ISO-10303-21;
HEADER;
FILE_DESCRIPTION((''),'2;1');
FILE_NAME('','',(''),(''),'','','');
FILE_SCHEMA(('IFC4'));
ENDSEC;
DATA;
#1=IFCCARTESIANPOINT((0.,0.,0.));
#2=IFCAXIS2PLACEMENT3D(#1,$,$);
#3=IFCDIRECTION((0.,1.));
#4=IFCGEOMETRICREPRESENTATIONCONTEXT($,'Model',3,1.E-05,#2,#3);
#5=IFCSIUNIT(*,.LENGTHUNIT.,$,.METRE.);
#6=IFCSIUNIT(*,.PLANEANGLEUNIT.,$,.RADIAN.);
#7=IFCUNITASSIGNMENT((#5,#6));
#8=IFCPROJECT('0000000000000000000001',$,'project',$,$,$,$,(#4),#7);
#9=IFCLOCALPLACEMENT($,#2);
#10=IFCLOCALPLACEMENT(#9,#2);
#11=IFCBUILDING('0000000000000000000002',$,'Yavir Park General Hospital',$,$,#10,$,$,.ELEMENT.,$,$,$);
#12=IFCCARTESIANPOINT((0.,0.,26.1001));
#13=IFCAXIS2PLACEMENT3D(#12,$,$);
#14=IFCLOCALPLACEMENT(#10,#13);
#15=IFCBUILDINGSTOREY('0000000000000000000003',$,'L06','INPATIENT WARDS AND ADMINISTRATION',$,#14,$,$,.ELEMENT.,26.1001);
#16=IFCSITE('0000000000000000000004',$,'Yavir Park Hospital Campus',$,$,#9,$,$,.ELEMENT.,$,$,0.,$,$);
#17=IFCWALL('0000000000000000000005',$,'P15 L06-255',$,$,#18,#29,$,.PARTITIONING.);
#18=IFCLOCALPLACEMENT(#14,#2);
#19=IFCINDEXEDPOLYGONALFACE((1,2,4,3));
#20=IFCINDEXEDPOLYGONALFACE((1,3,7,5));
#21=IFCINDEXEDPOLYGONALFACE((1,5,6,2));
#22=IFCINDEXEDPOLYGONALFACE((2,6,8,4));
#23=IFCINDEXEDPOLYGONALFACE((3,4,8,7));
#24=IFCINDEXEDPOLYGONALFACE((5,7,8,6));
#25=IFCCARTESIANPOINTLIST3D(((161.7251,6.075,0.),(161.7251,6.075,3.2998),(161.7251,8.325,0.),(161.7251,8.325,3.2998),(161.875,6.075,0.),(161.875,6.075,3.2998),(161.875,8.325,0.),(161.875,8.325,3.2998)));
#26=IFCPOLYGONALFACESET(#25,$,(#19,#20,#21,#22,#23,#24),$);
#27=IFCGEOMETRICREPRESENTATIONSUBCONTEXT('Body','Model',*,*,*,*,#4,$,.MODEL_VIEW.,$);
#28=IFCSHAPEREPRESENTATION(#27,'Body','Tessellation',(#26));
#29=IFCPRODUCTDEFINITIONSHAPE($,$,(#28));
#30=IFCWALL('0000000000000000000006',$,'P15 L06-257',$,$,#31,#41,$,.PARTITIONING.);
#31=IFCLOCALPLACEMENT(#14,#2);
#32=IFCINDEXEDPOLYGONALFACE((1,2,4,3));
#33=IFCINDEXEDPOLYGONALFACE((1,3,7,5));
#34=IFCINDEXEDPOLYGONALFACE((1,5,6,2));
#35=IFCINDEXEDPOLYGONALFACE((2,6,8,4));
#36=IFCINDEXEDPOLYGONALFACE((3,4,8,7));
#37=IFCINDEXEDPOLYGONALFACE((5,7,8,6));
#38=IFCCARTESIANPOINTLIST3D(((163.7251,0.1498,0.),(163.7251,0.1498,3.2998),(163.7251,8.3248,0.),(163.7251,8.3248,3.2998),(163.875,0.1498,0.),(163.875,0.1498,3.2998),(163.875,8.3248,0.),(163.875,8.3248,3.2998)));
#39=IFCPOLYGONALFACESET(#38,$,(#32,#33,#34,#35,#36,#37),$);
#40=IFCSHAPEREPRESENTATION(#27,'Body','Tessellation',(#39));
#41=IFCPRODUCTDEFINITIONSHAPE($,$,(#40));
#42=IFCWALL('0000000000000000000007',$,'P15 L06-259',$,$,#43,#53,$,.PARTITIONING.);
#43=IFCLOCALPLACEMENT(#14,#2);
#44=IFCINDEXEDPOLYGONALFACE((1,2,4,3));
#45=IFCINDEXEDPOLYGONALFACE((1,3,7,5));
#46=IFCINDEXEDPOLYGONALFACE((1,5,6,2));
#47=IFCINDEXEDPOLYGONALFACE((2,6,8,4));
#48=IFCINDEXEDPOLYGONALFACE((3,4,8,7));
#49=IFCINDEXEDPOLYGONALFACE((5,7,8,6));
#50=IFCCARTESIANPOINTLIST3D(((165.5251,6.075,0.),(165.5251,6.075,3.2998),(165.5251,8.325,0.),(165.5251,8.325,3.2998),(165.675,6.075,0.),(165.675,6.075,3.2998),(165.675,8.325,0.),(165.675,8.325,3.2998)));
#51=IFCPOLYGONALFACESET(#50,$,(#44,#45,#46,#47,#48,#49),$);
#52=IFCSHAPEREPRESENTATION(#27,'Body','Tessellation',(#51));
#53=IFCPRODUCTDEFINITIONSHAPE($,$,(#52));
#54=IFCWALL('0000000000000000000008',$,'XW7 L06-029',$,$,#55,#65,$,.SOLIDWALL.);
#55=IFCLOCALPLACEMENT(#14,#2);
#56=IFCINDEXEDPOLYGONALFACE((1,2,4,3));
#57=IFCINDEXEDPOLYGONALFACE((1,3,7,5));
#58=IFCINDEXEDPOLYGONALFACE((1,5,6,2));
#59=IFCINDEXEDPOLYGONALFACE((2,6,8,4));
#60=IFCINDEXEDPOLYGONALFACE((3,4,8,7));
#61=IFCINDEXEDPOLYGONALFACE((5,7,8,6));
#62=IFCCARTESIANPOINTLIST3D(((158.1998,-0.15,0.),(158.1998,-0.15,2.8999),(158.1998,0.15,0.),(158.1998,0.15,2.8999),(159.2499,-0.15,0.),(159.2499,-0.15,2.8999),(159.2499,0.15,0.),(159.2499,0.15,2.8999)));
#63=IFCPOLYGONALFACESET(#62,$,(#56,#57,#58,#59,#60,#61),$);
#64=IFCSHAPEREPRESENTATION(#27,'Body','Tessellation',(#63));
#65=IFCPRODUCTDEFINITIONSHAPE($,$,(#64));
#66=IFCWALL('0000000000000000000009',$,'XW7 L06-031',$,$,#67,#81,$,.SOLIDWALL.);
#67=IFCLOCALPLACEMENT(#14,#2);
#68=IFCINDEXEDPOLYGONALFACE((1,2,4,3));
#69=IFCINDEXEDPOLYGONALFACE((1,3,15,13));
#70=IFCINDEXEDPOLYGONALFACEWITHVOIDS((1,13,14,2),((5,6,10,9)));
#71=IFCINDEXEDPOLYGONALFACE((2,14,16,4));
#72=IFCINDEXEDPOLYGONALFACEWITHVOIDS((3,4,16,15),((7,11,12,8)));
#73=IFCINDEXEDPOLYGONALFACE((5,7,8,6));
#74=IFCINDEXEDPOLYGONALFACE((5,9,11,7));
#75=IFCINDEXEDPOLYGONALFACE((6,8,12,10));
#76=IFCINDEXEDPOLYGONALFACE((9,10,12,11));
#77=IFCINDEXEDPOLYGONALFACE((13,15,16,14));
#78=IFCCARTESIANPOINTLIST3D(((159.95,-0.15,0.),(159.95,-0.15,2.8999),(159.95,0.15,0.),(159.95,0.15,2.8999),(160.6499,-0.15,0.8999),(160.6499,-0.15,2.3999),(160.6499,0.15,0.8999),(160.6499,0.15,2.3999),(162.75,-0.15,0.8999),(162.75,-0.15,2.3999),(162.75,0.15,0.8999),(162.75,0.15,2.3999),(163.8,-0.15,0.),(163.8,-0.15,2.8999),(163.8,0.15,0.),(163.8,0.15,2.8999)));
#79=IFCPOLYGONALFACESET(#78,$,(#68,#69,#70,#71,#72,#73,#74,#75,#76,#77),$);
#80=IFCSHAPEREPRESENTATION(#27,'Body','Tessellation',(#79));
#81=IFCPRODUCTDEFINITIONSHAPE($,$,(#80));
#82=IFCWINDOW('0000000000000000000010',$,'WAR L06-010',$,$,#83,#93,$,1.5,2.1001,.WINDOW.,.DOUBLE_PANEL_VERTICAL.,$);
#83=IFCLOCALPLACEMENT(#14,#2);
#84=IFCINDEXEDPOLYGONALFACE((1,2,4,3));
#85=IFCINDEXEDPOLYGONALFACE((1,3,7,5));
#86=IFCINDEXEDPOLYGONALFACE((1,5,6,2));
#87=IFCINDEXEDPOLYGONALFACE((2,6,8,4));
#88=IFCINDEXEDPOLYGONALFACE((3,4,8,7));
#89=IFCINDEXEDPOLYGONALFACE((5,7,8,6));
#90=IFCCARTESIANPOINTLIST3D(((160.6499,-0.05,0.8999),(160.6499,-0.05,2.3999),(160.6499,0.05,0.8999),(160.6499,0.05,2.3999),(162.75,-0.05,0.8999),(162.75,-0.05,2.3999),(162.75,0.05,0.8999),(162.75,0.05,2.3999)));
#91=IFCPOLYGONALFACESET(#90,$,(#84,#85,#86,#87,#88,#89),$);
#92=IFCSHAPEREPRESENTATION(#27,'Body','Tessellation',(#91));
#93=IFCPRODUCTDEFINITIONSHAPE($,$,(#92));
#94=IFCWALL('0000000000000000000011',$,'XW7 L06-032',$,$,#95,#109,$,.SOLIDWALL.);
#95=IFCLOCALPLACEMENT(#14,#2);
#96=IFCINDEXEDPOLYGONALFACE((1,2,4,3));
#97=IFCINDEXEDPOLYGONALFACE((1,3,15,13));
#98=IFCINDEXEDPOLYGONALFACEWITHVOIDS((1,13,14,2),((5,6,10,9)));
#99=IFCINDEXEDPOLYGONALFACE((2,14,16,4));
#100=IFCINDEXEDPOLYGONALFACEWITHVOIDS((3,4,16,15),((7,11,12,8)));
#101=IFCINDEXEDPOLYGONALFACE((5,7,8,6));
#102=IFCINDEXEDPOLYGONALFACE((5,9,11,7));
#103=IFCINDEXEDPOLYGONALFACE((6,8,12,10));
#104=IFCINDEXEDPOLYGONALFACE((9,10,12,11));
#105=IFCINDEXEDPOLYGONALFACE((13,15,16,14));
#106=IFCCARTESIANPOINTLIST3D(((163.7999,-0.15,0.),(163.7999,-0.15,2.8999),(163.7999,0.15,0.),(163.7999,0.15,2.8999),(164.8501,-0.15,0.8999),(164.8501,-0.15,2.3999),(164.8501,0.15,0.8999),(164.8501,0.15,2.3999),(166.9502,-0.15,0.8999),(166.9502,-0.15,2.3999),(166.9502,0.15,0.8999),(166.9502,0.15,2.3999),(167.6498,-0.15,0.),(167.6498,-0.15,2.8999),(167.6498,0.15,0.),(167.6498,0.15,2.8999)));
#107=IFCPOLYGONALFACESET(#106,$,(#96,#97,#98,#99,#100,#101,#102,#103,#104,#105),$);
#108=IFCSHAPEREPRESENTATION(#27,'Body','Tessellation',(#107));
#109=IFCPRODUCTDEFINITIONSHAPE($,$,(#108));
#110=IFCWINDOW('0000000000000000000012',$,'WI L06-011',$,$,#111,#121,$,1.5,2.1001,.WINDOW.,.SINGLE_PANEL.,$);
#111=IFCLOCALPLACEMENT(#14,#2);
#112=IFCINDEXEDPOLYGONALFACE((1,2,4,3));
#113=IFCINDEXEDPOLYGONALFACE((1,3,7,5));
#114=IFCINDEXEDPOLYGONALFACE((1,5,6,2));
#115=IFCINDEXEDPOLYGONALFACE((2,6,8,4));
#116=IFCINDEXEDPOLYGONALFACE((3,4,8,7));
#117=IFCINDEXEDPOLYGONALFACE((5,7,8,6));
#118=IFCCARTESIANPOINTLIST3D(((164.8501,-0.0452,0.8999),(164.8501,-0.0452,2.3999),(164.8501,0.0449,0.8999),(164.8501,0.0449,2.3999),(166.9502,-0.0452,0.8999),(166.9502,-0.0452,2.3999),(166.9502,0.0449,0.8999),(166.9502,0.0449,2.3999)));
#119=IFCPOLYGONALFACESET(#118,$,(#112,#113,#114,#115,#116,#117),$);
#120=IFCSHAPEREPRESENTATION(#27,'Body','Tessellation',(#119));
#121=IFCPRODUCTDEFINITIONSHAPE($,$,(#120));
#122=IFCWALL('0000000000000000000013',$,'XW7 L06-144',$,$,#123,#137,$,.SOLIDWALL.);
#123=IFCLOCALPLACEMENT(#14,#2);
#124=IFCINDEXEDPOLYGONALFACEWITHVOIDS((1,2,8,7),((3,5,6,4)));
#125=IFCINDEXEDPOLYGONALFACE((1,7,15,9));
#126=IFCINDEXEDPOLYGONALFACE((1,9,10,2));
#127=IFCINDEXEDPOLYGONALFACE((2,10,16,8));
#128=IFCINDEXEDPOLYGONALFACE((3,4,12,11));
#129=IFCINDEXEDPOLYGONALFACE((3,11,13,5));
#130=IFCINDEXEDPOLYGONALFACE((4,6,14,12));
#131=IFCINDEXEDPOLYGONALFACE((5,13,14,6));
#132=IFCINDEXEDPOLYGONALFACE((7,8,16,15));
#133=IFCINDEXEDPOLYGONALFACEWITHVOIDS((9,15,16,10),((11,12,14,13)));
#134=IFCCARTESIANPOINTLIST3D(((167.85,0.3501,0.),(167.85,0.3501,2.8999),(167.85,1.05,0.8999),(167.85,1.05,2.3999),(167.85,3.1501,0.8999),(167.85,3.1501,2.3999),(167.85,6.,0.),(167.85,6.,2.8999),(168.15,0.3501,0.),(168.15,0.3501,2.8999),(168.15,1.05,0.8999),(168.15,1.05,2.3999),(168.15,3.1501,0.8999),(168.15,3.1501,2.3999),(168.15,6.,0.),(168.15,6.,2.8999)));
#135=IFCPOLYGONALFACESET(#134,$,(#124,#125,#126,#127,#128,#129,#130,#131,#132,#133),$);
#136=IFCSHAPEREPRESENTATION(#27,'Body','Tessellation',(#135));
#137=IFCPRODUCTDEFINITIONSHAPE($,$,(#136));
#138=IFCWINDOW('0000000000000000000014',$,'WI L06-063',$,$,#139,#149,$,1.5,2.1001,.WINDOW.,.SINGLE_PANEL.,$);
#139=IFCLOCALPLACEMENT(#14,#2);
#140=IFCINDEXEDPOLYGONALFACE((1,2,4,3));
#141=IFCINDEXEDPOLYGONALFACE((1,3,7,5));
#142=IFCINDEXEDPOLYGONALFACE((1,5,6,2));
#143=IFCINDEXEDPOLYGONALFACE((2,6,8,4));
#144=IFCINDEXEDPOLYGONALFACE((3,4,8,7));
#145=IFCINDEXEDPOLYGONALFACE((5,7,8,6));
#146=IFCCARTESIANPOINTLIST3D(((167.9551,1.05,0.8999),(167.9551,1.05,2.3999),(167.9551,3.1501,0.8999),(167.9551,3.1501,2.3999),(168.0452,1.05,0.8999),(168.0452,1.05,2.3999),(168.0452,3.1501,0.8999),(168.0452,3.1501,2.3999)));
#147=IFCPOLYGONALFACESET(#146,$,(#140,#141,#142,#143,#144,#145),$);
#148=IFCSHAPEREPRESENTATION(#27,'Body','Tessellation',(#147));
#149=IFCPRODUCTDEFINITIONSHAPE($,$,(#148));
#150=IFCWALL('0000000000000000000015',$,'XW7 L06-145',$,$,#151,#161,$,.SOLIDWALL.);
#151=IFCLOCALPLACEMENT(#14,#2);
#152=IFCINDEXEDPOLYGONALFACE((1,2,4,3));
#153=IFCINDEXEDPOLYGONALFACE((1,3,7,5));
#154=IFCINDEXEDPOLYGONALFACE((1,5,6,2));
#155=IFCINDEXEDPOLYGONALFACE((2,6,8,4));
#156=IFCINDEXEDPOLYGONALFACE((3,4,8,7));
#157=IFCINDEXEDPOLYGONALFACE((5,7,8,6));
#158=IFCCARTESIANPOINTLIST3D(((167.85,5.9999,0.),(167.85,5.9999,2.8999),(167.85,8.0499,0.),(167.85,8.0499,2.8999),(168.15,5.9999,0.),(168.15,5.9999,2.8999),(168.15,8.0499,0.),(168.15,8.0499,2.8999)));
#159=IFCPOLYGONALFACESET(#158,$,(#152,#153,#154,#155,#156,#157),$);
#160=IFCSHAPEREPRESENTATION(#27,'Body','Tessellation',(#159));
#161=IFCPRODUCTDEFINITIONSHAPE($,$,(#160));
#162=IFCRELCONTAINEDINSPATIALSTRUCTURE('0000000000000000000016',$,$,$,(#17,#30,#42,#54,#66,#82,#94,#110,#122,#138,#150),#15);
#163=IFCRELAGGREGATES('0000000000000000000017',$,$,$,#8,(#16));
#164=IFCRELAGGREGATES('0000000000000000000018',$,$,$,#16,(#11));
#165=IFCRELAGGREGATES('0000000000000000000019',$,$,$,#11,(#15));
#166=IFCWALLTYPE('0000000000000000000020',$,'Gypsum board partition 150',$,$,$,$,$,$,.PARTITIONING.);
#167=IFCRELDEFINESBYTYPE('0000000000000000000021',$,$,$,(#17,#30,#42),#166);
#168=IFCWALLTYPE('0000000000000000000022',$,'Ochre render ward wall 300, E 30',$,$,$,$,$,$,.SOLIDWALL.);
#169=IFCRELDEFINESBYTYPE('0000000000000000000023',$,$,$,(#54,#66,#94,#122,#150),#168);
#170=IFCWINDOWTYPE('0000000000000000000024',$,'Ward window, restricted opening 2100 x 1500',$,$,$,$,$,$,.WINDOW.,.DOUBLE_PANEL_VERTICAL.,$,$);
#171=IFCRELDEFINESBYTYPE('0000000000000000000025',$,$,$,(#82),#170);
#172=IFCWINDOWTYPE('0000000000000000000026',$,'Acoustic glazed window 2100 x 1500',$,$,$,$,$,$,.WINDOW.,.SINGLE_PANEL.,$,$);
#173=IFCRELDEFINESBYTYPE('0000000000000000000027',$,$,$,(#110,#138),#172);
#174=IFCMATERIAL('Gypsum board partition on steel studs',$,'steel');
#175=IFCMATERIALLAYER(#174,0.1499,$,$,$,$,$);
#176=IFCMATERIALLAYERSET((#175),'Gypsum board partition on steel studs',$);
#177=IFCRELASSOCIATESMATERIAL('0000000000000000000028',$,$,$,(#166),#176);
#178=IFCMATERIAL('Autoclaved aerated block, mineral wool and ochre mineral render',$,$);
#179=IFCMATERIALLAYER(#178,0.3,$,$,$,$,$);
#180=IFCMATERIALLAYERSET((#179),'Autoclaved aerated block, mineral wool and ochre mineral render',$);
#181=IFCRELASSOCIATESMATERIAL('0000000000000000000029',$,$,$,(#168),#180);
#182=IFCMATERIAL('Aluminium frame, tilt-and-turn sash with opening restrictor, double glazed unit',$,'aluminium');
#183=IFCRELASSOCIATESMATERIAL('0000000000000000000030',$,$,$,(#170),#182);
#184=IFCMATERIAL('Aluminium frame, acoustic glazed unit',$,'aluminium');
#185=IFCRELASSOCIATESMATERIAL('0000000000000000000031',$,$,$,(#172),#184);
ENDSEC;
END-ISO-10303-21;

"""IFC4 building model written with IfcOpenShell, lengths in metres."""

from ifc_helpers import new_model, si_unit, direction, frame, frame_2d, origin, place, context, subcontext, project, spatial, rectangle, extrude, material, layer, layer_set, type_object, element, fill, save


model = new_model("IFC4")

# Units and contexts
model_context = context("Model", 3, precision=1e-05, world=origin(), true_north=direction((0.0, 1.0)))
body_context = subcontext(model_context, "Body", "Model", "MODEL_VIEW")
ifc_project = project(units=[si_unit("LENGTHUNIT", "METRE"), si_unit("PLANEANGLEUNIT", "RADIAN")], contexts=[model_context])

# Site, building, storey
site_placement = place(None, origin())
site = spatial("IfcSite", under=ifc_project, at=site_placement, Name="Yavir Park Hospital Campus", CompositionType="ELEMENT", RefElevation=0.0)
building_placement = place(site_placement, origin())
building = spatial("IfcBuilding", under=site, at=building_placement, Name="Yavir Park General Hospital", CompositionType="ELEMENT")
storey_placement = place(building_placement, frame((0.0, 0.0, 26.1001)))
storey = spatial("IfcBuildingStorey", under=building, at=storey_placement, Name="L06", Description="INPATIENT WARDS AND ADMINISTRATION", CompositionType="ELEMENT", Elevation=26.1001)

# Shared definitions
ifc_material_1 = material(Name="Gypsum board partition on steel studs", Category="steel")
ifc_layer_1 = layer(ifc_material_1, 0.1499)
ifc_layer_set_1 = layer_set([ifc_layer_1], Name="Gypsum board partition on steel studs")
wall_type_1 = type_object("IfcWallType", Name="Gypsum board partition 150", PredefinedType="PARTITIONING", material=ifc_layer_set_1)

# Walls
wall_1_placement = place(storey_placement, frame((161.8, 6.075, 0.0), z_axis=(0.0, 0.0, 1.0), x_axis=(0.0, 1.0, 0.0)))
element("IfcWall", 1, at=wall_1_placement, inside=storey, type_object=wall_type_1, Name="P15 L06-255", PredefinedType="PARTITIONING", context=body_context, shape_type="SweptSolid", body=[
    extrude(rectangle(XDim=2.25, YDim=0.1499, at=frame_2d((1.125, 0.0))), origin(), (0.0, 0.0, 1.0), 3.2998),
])
wall_2_placement = place(storey_placement, frame((163.8, 0.1499, 0.0), z_axis=(0.0, 0.0, 1.0), x_axis=(0.0, 1.0, 0.0)))
element("IfcWall", 2, at=wall_2_placement, inside=storey, type_object=wall_type_1, Name="P15 L06-257", PredefinedType="PARTITIONING", context=body_context, shape_type="SweptSolid", body=[
    extrude(rectangle(XDim=8.175, YDim=0.1499, at=frame_2d((4.0874, 0.0))), origin(), (0.0, 0.0, 1.0), 3.2998),
])
wall_3_placement = place(storey_placement, frame((165.6001, 6.075, 0.0), z_axis=(0.0, 0.0, 1.0), x_axis=(0.0, 1.0, 0.0)))
element("IfcWall", 3, at=wall_3_placement, inside=storey, type_object=wall_type_1, Name="P15 L06-259", PredefinedType="PARTITIONING", context=body_context, shape_type="SweptSolid", body=[
    extrude(rectangle(XDim=2.25, YDim=0.1499, at=frame_2d((1.125, 0.0))), origin(), (0.0, 0.0, 1.0), 3.2998),
])
ifc_material_2 = material(Name="Autoclaved aerated block, mineral wool and ochre mineral render")
ifc_layer_2 = layer(ifc_material_2, 0.3)
ifc_layer_set_2 = layer_set([ifc_layer_2], Name="Autoclaved aerated block, mineral wool and ochre mineral render")
wall_type_2 = type_object("IfcWallType", Name="Ochre render ward wall 300, E 30", PredefinedType="SOLIDWALL", material=ifc_layer_set_2)
wall_4_placement = place(storey_placement, frame((158.2, 0.0, 0.0), z_axis=(0.0, 0.0, 1.0), x_axis=(1.0, 0.0, 0.0)))
element("IfcWall", 4, at=wall_4_placement, inside=storey, type_object=wall_type_2, Name="XW7 L06-029", PredefinedType="SOLIDWALL", context=body_context, shape_type="SweptSolid", body=[
    extrude(rectangle(XDim=1.05, YDim=0.3, at=frame_2d((0.5249, 0.0))), origin(), (0.0, 0.0, 1.0), 2.8999),
])

# Walls, openings, windows
wall_5_placement = place(storey_placement, frame((159.95, 0.0, 0.0), z_axis=(0.0, 0.0, 1.0), x_axis=(1.0, 0.0, 0.0)))
wall_5 = element("IfcWall", 5, at=wall_5_placement, inside=storey, type_object=wall_type_2, Name="XW7 L06-031", PredefinedType="SOLIDWALL", context=body_context, shape_type="SweptSolid", body=[
    extrude(rectangle(XDim=3.8501, YDim=0.3, at=frame_2d((1.925, 0.0))), origin(), (0.0, 0.0, 1.0), 2.8999),
])
opening_1_placement = place(wall_5_placement, frame((0.7, 0.0, 0.8999)))
opening_1 = element("IfcOpeningElement", 6, at=opening_1_placement, cuts=wall_5, PredefinedType="OPENING", context=body_context, shape_type="SweptSolid", body=[
    extrude(rectangle(XDim=2.1001, YDim=1.5, at=frame_2d((1.05, 0.75))), frame((0.0, 0.1599, 0.0), z_axis=(0.0, -1.0, 0.0), x_axis=(1.0, 0.0, 0.0)), (0.0, 0.0, 1.0), 0.3201),
])
ifc_material_3 = material(Name="Aluminium frame, tilt-and-turn sash with opening restrictor, double glazed unit", Category="aluminium")
window_type_1 = type_object("IfcWindowType", Name="Ward window, restricted opening 2100 x 1500", PartitioningType="DOUBLE_PANEL_VERTICAL", PredefinedType="WINDOW", material=ifc_material_3)
window_1_placement = place(opening_1_placement, origin())
window_1 = element("IfcWindow", 7, at=window_1_placement, inside=storey, type_object=window_type_1, Name="WAR L06-010", OverallHeight=1.5, OverallWidth=2.1001, PartitioningType="DOUBLE_PANEL_VERTICAL", PredefinedType="WINDOW", context=body_context, shape_type="SweptSolid", body=[
    extrude(rectangle(XDim=2.1001, YDim=1.5, at=frame_2d((1.05, 0.75))), frame((0.0, 0.05, 0.0), z_axis=(0.0, -1.0, 0.0), x_axis=(1.0, 0.0, 0.0)), (0.0, 0.0, 1.0), 0.1001),
])
fill(opening_1, window_1)
wall_6_placement = place(storey_placement, frame((163.8, 0.0, 0.0), z_axis=(0.0, 0.0, 1.0), x_axis=(1.0, 0.0, 0.0)))
wall_6 = element("IfcWall", 8, at=wall_6_placement, inside=storey, type_object=wall_type_2, Name="XW7 L06-032", PredefinedType="SOLIDWALL", context=body_context, shape_type="SweptSolid", body=[
    extrude(rectangle(XDim=3.8499, YDim=0.3, at=frame_2d((1.9248, 0.0))), origin(), (0.0, 0.0, 1.0), 2.8999),
])
opening_2_placement = place(wall_6_placement, frame((1.05, 0.0, 0.8999)))
opening_2 = element("IfcOpeningElement", 9, at=opening_2_placement, cuts=wall_6, PredefinedType="OPENING", context=body_context, shape_type="SweptSolid", body=[
    extrude(rectangle(XDim=2.1001, YDim=1.5, at=frame_2d((1.05, 0.75))), frame((0.0, 0.1599, 0.0), z_axis=(0.0, -1.0, 0.0), x_axis=(1.0, 0.0, 0.0)), (0.0, 0.0, 1.0), 0.3201),
])
ifc_material_4 = material(Name="Aluminium frame, acoustic glazed unit", Category="aluminium")
window_type_2 = type_object("IfcWindowType", Name="Acoustic glazed window 2100 x 1500", PartitioningType="SINGLE_PANEL", PredefinedType="WINDOW", material=ifc_material_4)
window_2_placement = place(opening_2_placement, origin())
window_2 = element("IfcWindow", 10, at=window_2_placement, inside=storey, type_object=window_type_2, Name="WI L06-011", OverallHeight=1.5, OverallWidth=2.1001, PartitioningType="SINGLE_PANEL", PredefinedType="WINDOW", context=body_context, shape_type="SweptSolid", body=[
    extrude(rectangle(XDim=2.1001, YDim=1.5, at=frame_2d((1.05, 0.75))), frame((0.0, 0.0449, 0.0), z_axis=(0.0, -1.0, 0.0), x_axis=(1.0, 0.0, 0.0)), (0.0, 0.0, 1.0), 0.0901),
])
fill(opening_2, window_2)
wall_7_placement = place(storey_placement, frame((168.0, 0.3501, 0.0), z_axis=(0.0, 0.0, 1.0), x_axis=(0.0, 1.0, 0.0)))
wall_7 = element("IfcWall", 11, at=wall_7_placement, inside=storey, type_object=wall_type_2, Name="XW7 L06-144", PredefinedType="SOLIDWALL", context=body_context, shape_type="SweptSolid", body=[
    extrude(rectangle(XDim=5.6499, YDim=0.3, at=frame_2d((2.825, 0.0))), origin(), (0.0, 0.0, 1.0), 2.8999),
])
opening_3_placement = place(wall_7_placement, frame((0.7, 0.0, 0.8999)))
opening_3 = element("IfcOpeningElement", 12, at=opening_3_placement, cuts=wall_7, PredefinedType="OPENING", context=body_context, shape_type="SweptSolid", body=[
    extrude(rectangle(XDim=2.1001, YDim=1.5, at=frame_2d((1.05, 0.75))), frame((0.0, 0.1599, 0.0), z_axis=(0.0, -1.0, 0.0), x_axis=(1.0, 0.0, 0.0)), (0.0, 0.0, 1.0), 0.3201),
])
window_3_placement = place(opening_3_placement, origin())
window_3 = element("IfcWindow", 13, at=window_3_placement, inside=storey, type_object=window_type_2, Name="WI L06-063", OverallHeight=1.5, OverallWidth=2.1001, PartitioningType="SINGLE_PANEL", PredefinedType="WINDOW", context=body_context, shape_type="SweptSolid", body=[
    extrude(rectangle(XDim=2.1001, YDim=1.5, at=frame_2d((1.05, 0.75))), frame((0.0, 0.0449, 0.0), z_axis=(0.0, -1.0, 0.0), x_axis=(1.0, 0.0, 0.0)), (0.0, 0.0, 1.0), 0.0901),
])
fill(opening_3, window_3)

# Wall
wall_8_placement = place(storey_placement, frame((168.0, 6.0, 0.0), z_axis=(0.0, 0.0, 1.0), x_axis=(0.0, 1.0, 0.0)))
element("IfcWall", 14, at=wall_8_placement, inside=storey, type_object=wall_type_2, Name="XW7 L06-145", PredefinedType="SOLIDWALL", context=body_context, shape_type="SweptSolid", body=[
    extrude(rectangle(XDim=2.05, YDim=0.3, at=frame_2d((1.0249, 0.0))), origin(), (0.0, 0.0, 1.0), 2.8999),
])

save(model, "model.ifc")
